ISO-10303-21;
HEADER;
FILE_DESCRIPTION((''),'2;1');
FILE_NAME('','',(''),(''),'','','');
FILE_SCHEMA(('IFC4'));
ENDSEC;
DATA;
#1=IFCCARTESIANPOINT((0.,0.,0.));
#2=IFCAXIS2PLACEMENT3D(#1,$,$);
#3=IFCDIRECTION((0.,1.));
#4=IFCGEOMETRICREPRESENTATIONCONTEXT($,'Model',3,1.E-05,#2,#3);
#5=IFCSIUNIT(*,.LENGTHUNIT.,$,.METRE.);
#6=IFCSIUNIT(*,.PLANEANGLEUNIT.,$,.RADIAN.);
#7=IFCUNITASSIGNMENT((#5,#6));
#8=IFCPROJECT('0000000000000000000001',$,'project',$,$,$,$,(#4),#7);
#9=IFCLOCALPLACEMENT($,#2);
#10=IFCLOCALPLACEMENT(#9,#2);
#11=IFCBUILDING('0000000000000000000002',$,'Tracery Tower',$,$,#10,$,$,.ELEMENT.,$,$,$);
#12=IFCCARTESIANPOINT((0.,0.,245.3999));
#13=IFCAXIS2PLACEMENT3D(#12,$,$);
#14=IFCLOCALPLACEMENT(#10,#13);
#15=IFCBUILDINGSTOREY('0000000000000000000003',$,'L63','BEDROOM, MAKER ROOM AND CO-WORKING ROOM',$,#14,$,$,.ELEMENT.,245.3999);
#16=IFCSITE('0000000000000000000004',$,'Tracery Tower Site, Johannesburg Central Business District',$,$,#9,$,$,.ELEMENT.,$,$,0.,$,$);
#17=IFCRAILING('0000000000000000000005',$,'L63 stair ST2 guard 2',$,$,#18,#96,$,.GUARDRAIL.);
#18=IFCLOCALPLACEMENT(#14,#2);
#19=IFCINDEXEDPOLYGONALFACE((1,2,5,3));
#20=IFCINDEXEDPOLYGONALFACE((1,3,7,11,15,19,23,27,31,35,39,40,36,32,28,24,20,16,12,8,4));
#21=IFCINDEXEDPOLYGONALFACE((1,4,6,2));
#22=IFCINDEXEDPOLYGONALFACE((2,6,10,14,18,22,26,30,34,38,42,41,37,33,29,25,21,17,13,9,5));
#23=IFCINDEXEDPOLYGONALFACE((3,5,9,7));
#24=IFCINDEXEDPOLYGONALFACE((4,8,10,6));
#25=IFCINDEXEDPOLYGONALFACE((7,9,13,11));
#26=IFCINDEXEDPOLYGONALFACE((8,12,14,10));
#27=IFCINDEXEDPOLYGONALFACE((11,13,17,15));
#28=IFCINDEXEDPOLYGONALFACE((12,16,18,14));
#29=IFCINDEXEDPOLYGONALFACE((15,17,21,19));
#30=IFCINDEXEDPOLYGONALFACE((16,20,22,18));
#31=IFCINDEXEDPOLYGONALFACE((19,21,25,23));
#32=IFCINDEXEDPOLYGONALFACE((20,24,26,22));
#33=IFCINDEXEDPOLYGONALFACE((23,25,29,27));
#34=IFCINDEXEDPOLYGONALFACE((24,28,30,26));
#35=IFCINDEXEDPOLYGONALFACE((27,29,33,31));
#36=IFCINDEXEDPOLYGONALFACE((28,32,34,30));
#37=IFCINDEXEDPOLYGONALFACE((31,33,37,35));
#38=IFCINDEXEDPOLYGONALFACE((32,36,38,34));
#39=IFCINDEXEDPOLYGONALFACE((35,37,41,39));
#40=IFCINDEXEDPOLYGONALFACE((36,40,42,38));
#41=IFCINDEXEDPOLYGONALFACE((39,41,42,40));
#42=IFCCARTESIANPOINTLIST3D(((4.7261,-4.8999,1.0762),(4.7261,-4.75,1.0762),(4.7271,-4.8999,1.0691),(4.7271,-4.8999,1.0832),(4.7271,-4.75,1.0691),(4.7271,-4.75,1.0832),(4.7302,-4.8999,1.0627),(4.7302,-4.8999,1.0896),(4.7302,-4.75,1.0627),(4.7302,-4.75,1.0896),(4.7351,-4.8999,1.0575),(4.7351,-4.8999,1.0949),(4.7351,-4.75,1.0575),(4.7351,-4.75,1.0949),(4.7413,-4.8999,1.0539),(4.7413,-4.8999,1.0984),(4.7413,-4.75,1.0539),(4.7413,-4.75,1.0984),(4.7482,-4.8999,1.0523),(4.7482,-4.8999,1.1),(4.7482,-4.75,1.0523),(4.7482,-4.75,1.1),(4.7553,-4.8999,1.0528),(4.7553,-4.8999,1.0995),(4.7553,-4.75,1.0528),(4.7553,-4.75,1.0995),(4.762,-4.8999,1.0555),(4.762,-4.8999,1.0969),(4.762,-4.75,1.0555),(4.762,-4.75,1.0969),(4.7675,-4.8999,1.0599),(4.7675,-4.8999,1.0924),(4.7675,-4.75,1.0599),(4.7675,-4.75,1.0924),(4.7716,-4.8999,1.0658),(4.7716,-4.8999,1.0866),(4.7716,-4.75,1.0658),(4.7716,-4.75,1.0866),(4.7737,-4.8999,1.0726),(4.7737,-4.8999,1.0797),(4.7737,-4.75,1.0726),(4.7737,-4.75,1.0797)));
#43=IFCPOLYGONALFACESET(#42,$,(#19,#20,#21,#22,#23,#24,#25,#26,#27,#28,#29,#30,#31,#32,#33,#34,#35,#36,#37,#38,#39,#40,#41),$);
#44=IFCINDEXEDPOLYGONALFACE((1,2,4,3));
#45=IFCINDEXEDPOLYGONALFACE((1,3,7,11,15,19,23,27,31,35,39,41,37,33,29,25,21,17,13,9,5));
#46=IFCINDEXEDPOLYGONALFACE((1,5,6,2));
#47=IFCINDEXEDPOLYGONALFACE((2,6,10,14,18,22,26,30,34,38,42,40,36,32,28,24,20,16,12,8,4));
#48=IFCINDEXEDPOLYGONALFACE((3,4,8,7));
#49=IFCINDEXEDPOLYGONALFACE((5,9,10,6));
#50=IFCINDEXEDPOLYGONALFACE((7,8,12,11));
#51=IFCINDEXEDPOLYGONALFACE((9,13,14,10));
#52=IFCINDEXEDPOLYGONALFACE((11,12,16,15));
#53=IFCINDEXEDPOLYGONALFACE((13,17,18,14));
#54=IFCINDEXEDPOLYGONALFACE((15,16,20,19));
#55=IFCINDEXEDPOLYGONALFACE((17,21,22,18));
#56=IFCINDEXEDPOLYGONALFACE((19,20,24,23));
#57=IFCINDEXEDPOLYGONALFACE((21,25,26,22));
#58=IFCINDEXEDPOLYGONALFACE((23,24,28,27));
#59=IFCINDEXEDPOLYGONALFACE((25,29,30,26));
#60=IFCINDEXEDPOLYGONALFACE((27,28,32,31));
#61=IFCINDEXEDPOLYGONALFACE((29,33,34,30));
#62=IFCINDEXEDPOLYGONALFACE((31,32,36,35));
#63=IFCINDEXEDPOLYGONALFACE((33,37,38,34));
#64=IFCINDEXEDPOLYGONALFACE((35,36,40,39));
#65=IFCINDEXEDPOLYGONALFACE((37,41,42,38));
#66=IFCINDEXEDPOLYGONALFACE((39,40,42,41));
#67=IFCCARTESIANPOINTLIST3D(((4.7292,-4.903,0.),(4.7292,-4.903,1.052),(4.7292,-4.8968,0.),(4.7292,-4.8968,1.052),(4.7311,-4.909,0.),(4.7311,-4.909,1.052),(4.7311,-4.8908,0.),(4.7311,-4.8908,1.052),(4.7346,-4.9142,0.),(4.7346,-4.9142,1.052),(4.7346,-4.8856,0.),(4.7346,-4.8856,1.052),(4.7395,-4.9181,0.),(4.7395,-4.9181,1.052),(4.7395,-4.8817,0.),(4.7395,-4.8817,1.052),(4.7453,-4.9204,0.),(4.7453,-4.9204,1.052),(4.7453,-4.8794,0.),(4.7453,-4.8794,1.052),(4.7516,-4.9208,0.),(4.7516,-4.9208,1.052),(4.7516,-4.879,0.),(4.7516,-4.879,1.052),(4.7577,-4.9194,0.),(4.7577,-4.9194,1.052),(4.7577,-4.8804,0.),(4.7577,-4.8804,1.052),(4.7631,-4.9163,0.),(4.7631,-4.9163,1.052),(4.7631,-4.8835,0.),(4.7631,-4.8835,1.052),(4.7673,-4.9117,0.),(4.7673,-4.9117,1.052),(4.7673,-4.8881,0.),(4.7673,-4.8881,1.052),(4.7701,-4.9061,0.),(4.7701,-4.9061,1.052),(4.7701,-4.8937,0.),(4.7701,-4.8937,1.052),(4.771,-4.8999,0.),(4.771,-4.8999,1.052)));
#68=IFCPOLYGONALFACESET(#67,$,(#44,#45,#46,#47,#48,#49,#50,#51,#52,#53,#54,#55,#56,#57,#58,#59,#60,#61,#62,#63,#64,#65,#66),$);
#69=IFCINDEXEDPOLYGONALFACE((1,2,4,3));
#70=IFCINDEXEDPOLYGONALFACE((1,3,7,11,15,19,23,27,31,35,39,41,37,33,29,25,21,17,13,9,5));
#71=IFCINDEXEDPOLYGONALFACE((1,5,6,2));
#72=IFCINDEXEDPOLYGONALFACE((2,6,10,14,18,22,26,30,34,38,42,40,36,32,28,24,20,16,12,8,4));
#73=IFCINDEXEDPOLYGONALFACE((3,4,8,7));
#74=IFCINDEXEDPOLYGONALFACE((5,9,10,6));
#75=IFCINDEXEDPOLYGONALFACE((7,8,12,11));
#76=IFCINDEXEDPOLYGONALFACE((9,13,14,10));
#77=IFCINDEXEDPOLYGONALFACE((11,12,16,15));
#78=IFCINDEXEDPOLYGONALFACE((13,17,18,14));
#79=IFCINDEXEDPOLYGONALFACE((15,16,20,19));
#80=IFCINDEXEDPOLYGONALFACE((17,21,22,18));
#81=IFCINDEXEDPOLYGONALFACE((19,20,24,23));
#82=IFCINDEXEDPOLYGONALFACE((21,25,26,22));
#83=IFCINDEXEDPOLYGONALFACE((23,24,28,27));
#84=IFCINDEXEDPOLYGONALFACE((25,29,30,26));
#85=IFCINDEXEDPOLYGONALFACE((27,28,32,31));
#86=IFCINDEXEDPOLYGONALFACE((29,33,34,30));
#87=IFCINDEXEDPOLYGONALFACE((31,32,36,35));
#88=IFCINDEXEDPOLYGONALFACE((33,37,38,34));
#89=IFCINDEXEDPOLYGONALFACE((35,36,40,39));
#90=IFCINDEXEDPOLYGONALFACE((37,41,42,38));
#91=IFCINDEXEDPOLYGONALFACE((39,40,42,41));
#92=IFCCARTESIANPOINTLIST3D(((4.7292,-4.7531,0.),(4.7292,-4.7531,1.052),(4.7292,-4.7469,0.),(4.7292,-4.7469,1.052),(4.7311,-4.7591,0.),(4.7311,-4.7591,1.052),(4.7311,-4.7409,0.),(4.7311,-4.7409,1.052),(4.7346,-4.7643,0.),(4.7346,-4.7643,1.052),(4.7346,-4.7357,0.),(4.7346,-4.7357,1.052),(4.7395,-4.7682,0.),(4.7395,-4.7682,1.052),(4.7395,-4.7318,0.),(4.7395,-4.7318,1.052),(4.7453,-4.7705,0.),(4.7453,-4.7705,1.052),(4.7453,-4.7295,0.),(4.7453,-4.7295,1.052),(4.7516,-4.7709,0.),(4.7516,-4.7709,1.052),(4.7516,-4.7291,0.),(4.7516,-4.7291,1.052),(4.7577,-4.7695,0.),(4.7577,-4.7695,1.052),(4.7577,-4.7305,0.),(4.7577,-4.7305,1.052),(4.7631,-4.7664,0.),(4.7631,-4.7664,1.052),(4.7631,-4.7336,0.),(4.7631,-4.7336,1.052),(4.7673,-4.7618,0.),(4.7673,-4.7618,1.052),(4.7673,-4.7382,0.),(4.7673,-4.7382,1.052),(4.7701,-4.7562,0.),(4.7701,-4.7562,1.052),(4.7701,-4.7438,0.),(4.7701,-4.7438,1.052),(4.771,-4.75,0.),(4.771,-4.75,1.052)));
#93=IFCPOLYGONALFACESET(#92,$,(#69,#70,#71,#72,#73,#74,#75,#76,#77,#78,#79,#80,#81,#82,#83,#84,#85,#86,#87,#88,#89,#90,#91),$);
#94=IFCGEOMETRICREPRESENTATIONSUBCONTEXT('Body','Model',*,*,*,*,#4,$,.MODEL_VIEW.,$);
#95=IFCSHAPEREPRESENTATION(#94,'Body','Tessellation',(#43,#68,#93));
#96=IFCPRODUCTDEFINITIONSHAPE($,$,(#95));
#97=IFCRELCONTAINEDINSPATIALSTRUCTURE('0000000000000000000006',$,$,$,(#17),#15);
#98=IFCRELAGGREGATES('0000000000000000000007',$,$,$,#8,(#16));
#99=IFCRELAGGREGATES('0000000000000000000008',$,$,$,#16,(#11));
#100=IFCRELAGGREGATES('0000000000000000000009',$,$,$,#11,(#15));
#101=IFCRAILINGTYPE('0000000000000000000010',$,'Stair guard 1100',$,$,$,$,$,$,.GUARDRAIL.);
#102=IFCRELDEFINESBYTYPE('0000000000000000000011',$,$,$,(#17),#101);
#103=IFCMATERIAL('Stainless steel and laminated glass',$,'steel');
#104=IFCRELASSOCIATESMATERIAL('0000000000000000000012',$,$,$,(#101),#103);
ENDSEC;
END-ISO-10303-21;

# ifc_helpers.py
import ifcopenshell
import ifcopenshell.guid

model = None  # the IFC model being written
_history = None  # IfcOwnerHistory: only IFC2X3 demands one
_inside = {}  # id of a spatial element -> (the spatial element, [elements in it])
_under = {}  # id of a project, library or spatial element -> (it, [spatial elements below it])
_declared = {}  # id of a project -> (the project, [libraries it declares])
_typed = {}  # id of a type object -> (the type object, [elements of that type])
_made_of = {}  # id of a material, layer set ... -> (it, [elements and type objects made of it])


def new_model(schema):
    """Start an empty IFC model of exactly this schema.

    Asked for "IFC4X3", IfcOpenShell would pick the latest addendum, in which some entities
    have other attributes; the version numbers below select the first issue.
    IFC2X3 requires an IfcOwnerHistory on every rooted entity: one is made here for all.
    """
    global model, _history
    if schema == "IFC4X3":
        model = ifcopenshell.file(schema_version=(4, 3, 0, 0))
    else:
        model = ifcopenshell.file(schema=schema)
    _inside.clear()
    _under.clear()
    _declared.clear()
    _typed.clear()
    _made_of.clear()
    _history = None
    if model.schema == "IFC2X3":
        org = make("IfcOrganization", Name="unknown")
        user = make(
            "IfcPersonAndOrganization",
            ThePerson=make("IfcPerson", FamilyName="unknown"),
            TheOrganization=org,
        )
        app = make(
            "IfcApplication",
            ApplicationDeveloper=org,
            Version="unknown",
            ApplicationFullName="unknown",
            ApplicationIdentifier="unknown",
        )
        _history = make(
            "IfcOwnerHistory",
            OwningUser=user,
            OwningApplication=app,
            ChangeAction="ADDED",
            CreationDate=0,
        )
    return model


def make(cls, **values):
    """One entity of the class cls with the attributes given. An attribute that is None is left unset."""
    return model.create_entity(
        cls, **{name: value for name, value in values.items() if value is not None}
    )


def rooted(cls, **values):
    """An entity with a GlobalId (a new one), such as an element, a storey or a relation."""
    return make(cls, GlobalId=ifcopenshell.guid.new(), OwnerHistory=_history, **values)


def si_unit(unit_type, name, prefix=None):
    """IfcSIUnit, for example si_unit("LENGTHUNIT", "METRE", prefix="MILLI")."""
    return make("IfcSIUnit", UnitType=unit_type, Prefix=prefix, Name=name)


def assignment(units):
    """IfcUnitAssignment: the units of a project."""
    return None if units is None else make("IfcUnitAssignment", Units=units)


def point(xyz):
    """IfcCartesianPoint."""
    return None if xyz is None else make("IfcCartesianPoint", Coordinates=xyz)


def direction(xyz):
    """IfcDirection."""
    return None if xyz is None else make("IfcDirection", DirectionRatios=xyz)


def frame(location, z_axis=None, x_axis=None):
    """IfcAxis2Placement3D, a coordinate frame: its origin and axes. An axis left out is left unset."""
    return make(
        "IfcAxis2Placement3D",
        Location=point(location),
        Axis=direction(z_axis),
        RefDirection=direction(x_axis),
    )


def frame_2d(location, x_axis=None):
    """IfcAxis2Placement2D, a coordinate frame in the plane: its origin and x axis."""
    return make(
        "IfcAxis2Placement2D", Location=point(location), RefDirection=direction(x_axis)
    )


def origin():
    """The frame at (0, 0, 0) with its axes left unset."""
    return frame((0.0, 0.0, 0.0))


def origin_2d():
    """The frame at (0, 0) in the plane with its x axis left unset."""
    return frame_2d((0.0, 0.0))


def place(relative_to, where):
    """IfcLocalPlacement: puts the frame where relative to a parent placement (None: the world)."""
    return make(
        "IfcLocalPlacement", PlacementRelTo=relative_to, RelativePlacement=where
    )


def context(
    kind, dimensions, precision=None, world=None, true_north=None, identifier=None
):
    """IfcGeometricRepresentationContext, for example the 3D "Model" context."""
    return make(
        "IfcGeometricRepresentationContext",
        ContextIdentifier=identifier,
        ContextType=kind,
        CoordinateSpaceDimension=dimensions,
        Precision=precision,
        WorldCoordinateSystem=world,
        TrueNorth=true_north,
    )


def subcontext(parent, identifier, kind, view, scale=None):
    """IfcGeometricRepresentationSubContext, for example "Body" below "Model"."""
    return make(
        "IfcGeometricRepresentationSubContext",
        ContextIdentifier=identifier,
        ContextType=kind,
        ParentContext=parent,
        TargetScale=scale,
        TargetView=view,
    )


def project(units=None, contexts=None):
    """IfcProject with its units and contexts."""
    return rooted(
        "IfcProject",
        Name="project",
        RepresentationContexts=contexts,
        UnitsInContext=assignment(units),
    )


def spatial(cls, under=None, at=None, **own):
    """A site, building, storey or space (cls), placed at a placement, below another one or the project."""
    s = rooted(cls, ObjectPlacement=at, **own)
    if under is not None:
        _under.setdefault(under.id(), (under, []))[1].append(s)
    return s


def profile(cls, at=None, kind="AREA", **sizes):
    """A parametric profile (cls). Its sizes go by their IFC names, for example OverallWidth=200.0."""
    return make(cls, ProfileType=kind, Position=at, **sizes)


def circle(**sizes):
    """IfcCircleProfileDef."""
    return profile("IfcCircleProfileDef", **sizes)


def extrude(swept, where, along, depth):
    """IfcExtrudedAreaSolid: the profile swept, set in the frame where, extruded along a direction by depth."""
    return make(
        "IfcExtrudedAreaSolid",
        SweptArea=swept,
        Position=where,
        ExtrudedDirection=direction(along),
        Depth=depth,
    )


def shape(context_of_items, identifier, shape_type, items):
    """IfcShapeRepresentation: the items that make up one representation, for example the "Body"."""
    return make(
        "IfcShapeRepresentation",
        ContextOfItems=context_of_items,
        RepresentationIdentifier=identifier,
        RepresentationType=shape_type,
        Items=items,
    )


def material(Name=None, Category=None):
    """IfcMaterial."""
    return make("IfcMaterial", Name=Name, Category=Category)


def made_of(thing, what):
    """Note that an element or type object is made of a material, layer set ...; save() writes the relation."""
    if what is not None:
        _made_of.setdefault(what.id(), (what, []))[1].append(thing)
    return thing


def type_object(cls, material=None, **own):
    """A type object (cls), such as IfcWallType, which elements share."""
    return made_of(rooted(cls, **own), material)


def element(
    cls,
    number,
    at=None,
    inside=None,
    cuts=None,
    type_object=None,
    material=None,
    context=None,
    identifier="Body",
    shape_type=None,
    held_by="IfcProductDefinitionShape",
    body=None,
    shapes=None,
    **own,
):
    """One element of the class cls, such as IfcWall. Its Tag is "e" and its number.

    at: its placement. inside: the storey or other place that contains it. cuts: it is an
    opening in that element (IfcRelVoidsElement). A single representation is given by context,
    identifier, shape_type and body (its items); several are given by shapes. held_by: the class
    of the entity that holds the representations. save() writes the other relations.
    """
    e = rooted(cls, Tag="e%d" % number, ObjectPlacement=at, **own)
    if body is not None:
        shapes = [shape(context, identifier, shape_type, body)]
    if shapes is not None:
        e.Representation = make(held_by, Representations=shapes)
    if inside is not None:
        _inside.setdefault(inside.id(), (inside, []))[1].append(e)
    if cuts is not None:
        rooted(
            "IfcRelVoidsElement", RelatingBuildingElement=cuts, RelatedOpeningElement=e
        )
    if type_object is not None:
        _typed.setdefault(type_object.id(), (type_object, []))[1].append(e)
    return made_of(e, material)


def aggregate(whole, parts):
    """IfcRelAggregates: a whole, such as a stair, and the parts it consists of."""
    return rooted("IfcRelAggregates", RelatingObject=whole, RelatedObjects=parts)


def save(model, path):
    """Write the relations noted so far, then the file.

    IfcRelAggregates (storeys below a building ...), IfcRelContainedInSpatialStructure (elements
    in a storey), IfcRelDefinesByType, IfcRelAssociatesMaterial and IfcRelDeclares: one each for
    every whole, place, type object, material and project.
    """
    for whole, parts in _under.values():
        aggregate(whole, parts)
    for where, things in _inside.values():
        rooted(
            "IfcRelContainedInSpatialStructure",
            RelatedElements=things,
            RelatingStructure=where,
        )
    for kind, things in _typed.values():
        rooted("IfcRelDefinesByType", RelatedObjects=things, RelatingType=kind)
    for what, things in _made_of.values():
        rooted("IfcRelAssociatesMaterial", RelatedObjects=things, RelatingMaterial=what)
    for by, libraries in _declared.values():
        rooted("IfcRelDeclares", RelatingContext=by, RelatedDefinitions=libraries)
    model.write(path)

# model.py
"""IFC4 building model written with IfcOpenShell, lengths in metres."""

from ifc_helpers import new_model, si_unit, direction, frame, origin, origin_2d, place, context, subcontext, project, spatial, circle, extrude, material, type_object, element, save


model = new_model("IFC4")

# Units and contexts
model_context = context("Model", 3, precision=1e-05, world=origin(), true_north=direction((0.0, 1.0)))
body_context = subcontext(model_context, "Body", "Model", "MODEL_VIEW")
ifc_project = project(units=[si_unit("LENGTHUNIT", "METRE"), si_unit("PLANEANGLEUNIT", "RADIAN")], contexts=[model_context])

# Site, building, storey
site_placement = place(None, origin())
site = spatial("IfcSite", under=ifc_project, at=site_placement, Name="Tracery Tower Site, Johannesburg Central Business District", CompositionType="ELEMENT", RefElevation=0.0)
building_placement = place(site_placement, origin())
building = spatial("IfcBuilding", under=site, at=building_placement, Name="Tracery Tower", CompositionType="ELEMENT")
storey_placement = place(building_placement, frame((0.0, 0.0, 245.3999)))
storey = spatial("IfcBuildingStorey", under=building, at=storey_placement, Name="L63", Description="BEDROOM, MAKER ROOM AND CO-WORKING ROOM", CompositionType="ELEMENT", Elevation=245.3999)

# Railing
ifc_material_1 = material(Name="Stainless steel and laminated glass", Category="steel")
railing_type_1 = type_object("IfcRailingType", Name="Stair guard 1100", PredefinedType="GUARDRAIL", material=ifc_material_1)
railing_1_placement = place(storey_placement, frame((4.75, -4.8999, 0.0)))
element("IfcRailing", 1, at=railing_1_placement, inside=storey, type_object=railing_type_1, Name="L63 stair ST2 guard 2", PredefinedType="GUARDRAIL", context=body_context, shape_type="SweptSolid", body=[
    extrude(circle(Radius=0.0239, at=origin_2d()), frame((0.0, 0.0, 1.0762), z_axis=(0.0, 1.0, 0.0), x_axis=(-1.0, 0.0, 0.0)), (0.0, 0.0, 1.0), 0.1499),
    extrude(circle(Radius=0.021, at=origin_2d()), origin(), (0.0, 0.0, 1.0), 1.052),
    extrude(circle(Radius=0.021, at=origin_2d()), frame((0.0, 0.1499, 0.0)), (0.0, 0.0, 1.0), 1.052),
])

save(model, "model.ifc")
